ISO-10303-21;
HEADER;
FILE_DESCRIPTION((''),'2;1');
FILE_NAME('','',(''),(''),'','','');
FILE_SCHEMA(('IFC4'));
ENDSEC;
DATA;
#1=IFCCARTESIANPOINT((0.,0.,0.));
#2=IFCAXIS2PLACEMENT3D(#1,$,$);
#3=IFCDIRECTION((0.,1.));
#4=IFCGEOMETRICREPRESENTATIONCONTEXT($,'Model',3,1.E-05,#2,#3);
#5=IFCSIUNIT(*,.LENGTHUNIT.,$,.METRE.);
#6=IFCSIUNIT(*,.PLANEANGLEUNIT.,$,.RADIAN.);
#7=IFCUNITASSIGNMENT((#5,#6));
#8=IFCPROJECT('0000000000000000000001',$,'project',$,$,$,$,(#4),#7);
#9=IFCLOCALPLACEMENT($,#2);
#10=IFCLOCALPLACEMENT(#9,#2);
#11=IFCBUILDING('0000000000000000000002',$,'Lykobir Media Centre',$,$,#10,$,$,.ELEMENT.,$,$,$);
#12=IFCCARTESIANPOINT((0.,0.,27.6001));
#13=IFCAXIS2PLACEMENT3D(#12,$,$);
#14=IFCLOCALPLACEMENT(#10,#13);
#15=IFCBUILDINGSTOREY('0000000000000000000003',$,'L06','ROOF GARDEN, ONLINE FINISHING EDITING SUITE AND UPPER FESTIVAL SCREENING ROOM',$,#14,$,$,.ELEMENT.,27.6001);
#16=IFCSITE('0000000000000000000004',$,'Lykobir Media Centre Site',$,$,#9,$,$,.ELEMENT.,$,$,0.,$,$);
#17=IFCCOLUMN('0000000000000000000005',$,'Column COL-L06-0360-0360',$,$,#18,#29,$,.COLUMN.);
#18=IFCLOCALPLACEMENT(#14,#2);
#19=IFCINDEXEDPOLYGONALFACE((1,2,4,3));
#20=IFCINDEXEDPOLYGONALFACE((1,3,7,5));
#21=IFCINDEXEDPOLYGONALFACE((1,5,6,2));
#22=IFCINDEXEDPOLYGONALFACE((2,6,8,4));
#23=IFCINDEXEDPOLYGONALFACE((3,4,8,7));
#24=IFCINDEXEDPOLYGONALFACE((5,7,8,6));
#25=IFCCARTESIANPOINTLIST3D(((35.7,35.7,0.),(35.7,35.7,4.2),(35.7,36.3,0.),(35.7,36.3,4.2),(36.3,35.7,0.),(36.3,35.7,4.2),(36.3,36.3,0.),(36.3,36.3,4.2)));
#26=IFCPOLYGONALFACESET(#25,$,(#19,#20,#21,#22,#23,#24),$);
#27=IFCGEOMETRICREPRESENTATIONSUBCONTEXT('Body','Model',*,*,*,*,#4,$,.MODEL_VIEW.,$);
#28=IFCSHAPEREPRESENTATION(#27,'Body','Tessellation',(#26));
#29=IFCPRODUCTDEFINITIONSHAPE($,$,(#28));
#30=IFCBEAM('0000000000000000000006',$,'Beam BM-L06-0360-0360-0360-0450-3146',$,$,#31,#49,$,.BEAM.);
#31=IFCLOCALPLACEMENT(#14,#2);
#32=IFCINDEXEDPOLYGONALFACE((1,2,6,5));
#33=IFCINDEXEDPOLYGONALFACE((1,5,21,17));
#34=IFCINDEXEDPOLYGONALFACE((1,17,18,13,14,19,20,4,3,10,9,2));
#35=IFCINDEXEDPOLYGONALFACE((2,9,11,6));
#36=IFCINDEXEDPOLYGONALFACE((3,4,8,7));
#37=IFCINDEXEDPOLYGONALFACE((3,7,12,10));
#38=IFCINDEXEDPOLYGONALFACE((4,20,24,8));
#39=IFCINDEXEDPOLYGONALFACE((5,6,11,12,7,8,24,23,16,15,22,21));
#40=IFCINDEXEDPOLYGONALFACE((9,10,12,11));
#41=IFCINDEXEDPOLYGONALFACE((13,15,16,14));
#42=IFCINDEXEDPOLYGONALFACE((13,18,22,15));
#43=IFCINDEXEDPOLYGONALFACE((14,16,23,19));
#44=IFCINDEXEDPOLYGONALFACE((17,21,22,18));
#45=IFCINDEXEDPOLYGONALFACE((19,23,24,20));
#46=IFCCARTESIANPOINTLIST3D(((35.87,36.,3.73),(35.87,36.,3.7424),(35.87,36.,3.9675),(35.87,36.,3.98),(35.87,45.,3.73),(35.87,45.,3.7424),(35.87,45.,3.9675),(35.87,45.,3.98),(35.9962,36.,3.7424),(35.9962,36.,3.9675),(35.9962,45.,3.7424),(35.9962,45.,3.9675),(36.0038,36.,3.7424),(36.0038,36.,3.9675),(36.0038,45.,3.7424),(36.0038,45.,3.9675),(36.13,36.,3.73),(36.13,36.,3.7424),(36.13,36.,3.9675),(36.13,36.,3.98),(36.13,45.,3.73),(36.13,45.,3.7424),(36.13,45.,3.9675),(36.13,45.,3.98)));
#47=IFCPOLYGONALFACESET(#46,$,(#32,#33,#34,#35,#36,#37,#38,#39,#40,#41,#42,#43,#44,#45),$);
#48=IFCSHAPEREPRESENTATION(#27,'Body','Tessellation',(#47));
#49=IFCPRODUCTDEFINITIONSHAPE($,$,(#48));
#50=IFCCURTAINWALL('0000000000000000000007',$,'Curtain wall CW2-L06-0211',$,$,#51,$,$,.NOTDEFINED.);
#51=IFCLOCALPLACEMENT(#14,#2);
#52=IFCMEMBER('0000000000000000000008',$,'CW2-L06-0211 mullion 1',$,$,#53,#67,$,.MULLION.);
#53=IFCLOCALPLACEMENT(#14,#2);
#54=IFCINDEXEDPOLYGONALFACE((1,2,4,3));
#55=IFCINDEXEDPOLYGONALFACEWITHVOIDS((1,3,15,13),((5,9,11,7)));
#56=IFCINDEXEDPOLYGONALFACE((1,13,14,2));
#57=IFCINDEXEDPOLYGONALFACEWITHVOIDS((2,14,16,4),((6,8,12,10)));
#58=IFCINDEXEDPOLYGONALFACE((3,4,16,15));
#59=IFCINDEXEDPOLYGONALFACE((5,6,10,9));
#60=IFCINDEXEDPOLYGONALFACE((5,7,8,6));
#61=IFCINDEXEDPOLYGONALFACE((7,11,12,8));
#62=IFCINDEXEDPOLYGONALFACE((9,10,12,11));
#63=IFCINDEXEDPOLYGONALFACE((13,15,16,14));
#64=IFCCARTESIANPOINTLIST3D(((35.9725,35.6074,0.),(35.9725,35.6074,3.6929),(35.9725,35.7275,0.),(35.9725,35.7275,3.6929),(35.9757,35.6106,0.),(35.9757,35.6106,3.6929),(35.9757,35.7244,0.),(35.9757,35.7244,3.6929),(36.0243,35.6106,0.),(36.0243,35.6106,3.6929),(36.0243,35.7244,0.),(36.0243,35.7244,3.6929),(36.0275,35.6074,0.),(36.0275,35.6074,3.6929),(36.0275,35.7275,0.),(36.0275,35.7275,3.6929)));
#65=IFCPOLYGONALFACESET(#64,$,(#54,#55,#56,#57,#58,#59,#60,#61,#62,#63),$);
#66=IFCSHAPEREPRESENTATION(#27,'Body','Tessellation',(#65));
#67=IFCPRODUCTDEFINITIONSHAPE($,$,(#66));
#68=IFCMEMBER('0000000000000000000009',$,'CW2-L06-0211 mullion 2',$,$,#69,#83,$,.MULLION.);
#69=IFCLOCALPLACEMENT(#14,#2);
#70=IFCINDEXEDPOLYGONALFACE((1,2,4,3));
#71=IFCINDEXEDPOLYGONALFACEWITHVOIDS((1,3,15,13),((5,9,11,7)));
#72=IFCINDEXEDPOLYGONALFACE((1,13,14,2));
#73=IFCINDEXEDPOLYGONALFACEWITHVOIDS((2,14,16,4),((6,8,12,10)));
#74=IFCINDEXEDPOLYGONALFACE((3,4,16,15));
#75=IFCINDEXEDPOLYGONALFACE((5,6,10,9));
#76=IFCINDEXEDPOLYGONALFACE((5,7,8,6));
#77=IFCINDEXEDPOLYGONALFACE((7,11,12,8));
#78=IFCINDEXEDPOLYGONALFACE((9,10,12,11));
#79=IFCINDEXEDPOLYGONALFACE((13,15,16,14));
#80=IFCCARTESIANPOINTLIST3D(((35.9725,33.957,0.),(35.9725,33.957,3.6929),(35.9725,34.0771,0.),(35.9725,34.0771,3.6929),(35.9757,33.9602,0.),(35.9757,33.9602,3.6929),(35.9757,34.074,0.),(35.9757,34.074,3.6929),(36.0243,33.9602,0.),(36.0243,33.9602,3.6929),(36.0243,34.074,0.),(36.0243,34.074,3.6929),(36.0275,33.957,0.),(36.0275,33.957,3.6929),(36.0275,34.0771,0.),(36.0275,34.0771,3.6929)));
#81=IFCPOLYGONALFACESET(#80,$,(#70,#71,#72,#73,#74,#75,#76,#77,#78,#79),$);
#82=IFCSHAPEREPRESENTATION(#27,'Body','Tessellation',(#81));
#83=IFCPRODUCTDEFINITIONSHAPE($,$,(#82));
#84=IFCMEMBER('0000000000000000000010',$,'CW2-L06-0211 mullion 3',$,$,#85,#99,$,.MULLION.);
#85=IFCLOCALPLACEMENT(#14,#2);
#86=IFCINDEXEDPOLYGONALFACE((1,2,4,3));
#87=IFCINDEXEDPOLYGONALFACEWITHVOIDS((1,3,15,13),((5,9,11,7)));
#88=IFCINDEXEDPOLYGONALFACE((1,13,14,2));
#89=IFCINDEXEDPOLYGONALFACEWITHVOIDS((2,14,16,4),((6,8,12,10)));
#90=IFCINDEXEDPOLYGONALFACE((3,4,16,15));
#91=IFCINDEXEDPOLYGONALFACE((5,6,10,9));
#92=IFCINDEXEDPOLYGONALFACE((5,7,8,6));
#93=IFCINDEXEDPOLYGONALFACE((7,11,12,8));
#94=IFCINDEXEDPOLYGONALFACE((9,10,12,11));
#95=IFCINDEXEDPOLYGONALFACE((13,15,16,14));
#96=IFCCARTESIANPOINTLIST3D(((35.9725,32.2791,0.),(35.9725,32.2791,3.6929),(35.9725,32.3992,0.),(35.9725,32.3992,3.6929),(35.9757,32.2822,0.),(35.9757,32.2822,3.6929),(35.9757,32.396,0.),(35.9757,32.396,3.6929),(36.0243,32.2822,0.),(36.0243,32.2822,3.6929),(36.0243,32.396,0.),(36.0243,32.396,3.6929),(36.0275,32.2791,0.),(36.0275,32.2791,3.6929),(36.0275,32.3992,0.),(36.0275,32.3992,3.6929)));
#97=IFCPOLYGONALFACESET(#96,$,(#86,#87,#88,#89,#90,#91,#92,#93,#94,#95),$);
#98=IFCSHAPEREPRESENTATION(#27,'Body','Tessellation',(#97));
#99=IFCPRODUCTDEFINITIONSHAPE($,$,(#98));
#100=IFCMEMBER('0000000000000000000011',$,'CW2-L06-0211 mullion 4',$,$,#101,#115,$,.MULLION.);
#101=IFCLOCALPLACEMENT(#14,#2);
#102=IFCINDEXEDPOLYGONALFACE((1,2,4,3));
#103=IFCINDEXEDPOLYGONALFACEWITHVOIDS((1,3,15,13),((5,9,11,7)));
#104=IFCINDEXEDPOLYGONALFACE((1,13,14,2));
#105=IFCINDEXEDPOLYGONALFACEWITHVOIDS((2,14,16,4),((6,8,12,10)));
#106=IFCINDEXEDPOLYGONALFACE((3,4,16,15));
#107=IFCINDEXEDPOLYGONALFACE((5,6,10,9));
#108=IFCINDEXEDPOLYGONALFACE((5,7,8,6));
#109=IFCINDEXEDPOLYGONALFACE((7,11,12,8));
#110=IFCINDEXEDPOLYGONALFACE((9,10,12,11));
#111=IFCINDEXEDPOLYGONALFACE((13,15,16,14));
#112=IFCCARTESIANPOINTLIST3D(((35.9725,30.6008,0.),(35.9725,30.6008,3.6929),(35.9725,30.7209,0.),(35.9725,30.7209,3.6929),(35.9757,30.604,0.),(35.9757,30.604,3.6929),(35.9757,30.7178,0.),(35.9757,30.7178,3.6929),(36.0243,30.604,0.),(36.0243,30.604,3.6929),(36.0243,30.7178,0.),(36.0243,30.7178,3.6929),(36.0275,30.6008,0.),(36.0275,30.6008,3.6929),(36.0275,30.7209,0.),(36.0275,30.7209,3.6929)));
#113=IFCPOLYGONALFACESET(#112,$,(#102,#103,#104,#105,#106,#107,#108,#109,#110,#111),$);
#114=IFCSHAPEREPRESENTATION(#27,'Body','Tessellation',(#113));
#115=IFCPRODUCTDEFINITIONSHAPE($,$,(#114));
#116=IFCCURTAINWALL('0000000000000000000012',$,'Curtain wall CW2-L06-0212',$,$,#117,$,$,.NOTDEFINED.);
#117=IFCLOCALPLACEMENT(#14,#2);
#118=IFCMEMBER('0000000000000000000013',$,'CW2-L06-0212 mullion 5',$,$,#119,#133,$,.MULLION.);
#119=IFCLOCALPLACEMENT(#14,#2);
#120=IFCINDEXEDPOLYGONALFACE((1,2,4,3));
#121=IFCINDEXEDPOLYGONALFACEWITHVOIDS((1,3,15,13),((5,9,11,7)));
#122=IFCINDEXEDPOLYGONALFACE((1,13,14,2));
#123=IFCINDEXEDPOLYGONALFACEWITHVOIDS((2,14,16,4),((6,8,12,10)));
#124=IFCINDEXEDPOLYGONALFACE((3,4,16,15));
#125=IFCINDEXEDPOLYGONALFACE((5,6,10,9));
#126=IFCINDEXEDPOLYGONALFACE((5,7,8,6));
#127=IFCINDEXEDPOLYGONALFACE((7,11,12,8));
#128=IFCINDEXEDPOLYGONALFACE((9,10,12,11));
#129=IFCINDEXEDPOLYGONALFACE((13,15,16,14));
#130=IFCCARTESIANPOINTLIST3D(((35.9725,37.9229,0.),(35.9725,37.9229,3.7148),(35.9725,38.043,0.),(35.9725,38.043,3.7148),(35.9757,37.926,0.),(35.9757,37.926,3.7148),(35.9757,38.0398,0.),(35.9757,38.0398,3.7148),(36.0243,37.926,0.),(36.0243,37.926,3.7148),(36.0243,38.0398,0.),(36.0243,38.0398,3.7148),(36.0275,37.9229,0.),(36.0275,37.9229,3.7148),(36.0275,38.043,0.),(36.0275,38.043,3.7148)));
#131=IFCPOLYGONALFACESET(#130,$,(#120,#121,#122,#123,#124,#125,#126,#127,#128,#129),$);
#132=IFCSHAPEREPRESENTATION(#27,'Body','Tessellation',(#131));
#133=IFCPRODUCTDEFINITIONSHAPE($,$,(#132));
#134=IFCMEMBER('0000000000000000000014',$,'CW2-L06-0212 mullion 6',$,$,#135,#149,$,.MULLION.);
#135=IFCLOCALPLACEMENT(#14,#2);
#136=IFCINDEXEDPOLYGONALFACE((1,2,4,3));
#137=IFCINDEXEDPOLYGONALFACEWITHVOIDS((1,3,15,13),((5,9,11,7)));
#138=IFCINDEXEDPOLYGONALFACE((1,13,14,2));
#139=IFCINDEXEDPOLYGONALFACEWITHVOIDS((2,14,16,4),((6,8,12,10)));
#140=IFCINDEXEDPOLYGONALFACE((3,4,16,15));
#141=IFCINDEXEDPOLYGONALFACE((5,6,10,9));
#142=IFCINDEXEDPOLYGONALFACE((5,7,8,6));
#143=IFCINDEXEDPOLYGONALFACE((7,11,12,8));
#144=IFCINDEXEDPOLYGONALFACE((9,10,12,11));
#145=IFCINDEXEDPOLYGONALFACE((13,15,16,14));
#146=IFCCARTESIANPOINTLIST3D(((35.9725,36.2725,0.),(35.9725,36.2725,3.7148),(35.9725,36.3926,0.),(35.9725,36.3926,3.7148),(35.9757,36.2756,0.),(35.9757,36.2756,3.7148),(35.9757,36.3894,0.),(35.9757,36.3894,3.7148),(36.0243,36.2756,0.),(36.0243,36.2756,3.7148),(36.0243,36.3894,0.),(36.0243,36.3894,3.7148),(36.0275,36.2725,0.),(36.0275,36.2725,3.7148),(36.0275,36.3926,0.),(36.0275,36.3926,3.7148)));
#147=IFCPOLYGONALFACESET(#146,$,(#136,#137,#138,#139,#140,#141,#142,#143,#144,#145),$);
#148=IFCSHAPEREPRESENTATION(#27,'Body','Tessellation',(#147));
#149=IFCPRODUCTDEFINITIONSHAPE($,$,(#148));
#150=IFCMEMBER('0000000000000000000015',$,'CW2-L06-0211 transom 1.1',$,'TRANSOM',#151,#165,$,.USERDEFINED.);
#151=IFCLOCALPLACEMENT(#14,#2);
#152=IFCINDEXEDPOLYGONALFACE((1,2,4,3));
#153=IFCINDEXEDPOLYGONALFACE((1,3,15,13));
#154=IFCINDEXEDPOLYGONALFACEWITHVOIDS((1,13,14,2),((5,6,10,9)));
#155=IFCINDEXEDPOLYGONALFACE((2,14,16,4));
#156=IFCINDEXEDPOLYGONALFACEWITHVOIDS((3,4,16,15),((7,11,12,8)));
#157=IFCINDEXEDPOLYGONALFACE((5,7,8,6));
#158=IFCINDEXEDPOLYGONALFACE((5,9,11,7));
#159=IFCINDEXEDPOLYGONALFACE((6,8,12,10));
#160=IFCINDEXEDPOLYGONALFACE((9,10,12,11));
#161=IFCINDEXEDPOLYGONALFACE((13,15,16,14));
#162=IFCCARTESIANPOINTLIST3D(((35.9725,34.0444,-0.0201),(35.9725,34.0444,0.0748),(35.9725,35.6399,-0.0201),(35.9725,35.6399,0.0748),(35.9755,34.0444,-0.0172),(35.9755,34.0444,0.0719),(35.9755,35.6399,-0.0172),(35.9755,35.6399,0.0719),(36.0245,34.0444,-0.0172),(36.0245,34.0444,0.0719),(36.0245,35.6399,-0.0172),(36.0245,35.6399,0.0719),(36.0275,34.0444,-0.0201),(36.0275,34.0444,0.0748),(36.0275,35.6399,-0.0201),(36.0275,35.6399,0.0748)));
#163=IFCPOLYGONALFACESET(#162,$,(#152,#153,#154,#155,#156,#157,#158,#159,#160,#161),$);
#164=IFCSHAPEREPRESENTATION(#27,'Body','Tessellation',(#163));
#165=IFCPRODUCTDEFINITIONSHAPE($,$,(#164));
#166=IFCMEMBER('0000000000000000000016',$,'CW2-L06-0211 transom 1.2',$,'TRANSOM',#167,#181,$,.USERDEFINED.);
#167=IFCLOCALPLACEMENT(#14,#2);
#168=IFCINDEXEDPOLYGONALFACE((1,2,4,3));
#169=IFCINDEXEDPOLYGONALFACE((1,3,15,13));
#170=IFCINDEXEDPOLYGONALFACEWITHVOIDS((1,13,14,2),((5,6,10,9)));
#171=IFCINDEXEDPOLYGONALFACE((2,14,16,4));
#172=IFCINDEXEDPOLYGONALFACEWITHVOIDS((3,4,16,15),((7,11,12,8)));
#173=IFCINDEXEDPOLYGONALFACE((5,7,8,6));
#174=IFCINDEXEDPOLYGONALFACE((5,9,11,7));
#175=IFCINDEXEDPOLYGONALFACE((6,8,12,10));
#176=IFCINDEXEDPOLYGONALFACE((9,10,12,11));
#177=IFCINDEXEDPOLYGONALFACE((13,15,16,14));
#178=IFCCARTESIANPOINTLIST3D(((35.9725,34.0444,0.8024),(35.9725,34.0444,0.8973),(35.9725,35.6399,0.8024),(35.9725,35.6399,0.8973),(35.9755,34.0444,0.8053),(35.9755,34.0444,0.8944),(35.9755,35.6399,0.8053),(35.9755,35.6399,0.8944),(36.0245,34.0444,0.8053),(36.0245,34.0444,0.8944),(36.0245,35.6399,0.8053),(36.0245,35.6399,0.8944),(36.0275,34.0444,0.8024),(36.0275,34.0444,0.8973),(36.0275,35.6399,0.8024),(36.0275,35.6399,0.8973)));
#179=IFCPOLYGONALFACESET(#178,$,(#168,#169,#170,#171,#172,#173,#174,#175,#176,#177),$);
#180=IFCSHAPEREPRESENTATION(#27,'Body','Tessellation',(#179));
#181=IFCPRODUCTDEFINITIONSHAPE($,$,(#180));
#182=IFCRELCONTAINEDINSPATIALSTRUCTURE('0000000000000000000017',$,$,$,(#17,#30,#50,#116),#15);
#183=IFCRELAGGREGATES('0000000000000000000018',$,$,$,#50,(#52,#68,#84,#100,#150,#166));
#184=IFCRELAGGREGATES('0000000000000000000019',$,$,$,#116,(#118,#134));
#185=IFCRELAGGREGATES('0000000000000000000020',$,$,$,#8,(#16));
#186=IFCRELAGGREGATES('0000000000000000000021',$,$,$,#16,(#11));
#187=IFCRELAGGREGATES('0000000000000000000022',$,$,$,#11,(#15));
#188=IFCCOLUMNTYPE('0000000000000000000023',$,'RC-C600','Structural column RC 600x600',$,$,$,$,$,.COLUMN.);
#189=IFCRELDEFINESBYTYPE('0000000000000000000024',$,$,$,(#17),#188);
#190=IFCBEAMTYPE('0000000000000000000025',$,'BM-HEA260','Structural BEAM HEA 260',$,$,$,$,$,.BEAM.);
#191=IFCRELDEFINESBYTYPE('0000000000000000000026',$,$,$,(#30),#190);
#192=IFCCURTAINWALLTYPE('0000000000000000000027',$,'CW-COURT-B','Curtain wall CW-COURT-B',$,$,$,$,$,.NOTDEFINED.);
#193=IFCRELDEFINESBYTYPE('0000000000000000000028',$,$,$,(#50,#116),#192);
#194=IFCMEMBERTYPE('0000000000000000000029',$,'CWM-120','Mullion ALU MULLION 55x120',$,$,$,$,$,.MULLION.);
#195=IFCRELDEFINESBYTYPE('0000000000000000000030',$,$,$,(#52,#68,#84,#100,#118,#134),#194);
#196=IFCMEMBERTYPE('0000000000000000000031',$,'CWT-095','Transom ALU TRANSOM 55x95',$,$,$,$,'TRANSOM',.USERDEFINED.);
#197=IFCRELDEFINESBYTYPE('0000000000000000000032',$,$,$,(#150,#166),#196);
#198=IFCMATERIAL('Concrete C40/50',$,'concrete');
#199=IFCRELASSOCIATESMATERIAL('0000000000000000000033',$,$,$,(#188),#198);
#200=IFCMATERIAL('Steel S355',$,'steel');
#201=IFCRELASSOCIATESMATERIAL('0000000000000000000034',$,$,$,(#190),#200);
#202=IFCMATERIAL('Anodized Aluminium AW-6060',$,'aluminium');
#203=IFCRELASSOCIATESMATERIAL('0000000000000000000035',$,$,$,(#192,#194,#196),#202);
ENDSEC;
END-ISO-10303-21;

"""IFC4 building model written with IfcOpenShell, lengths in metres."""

from ifc_helpers import new_model, si_unit, direction, frame, origin, origin_2d, place, context, subcontext, project, spatial, rectangle, hollow_rectangle, i_section, extrude, material, material_profile, profile_set, type_object, element, aggregate, save


model = new_model("IFC4")

# Units and contexts
model_context = context("Model", 3, precision=1e-05, world=origin(), true_north=direction((0.0, 1.0)))
body_context = subcontext(model_context, "Body", "Model", "MODEL_VIEW")
ifc_project = project(units=[si_unit("LENGTHUNIT", "METRE"), si_unit("PLANEANGLEUNIT", "RADIAN")], contexts=[model_context])

# Site, building, storey
site_placement = place(None, origin())
site = spatial("IfcSite", under=ifc_project, at=site_placement, Name="Lykobir Media Centre Site", CompositionType="ELEMENT", RefElevation=0.0)
building_placement = place(site_placement, origin())
building = spatial("IfcBuilding", under=site, at=building_placement, Name="Lykobir Media Centre", CompositionType="ELEMENT")
storey_placement = place(building_placement, frame((0.0, 0.0, 27.6001)))
storey = spatial("IfcBuildingStorey", under=building, at=storey_placement, Name="L06", Description="ROOF GARDEN, ONLINE FINISHING EDITING SUITE AND UPPER FESTIVAL SCREENING ROOM", CompositionType="ELEMENT", Elevation=27.6001)

# Column
ifc_material_1 = material(Name="Concrete C40/50", Category="concrete")
ifc_material_profile_1 = material_profile(ifc_material_1, rectangle(XDim=0.6001, YDim=0.6001, at=origin_2d()), Name="RC 600x600")
ifc_profile_set_1 = profile_set([ifc_material_profile_1], Name="Concrete C40/50")
column_type = type_object("IfcColumnType", Name="RC-C600", Description="Structural column RC 600x600", PredefinedType="COLUMN", material=ifc_profile_set_1)
column_placement = place(storey_placement, frame((36.0, 36.0, 0.0), z_axis=(0.0, 0.0, 1.0), x_axis=(1.0, 0.0, 0.0)))
element("IfcColumn", 1, at=column_placement, inside=storey, type_object=column_type, Name="Column COL-L06-0360-0360", PredefinedType="COLUMN", context=body_context, shape_type="SweptSolid", body=[
    extrude(rectangle(XDim=0.6001, YDim=0.6001, at=origin_2d()), origin(), (0.0, 0.0, 1.0), 4.2),
])

# Beam
ifc_material_2 = material(Name="Steel S355", Category="steel")
ifc_material_profile_2 = material_profile(ifc_material_2, i_section(OverallWidth=0.26, OverallDepth=0.25, WebThickness=0.0076, FlangeThickness=0.0125, at=origin_2d()), Name="HEA 260")
ifc_profile_set_2 = profile_set([ifc_material_profile_2], Name="Steel S355")
beam_type_1 = type_object("IfcBeamType", Name="BM-HEA260", Description="Structural BEAM HEA 260", PredefinedType="BEAM", material=ifc_profile_set_2)
beam_placement = place(storey_placement, frame((36.0, 36.0, 3.855), z_axis=(0.0, 1.0, 0.0), x_axis=(-1.0, 0.0, 0.0)))
element("IfcBeam", 2, at=beam_placement, inside=storey, type_object=beam_type_1, Name="Beam BM-L06-0360-0360-0360-0450-3146", PredefinedType="BEAM", context=body_context, shape_type="SweptSolid", body=[
    extrude(i_section(OverallWidth=0.26, OverallDepth=0.25, WebThickness=0.0076, FlangeThickness=0.0125, at=origin_2d()), origin(), (0.0, 0.0, 1.0), 9.0),
])

# Curtain walls, members
ifc_material_3 = material(Name="Anodized Aluminium AW-6060", Category="aluminium")
curtain_wall_type = type_object("IfcCurtainWallType", Name="CW-COURT-B", Description="Curtain wall CW-COURT-B", PredefinedType="NOTDEFINED", material=ifc_material_3)
curtain_wall_1_placement = place(storey_placement, origin())
curtain_wall_1 = element("IfcCurtainWall", 3, at=curtain_wall_1_placement, inside=storey, type_object=curtain_wall_type, Name="Curtain wall CW2-L06-0211", PredefinedType="NOTDEFINED")
ifc_material_profile_3 = material_profile(ifc_material_3, hollow_rectangle(XDim=0.0549, YDim=0.1201, WallThickness=0.0032, at=origin_2d()), Name="ALU MULLION 55x120")
ifc_profile_set_3 = profile_set([ifc_material_profile_3], Name="Anodized Aluminium AW-6060")
member_type_1 = type_object("IfcMemberType", Name="CWM-120", Description="Mullion ALU MULLION 55x120", PredefinedType="MULLION", material=ifc_profile_set_3)
member_1_placement = place(storey_placement, frame((36.0, 35.6675, 0.0), z_axis=(0.0, 0.0, 1.0), x_axis=(1.0, 0.0, 0.0)))
member_1 = element("IfcMember", 4, at=member_1_placement, type_object=member_type_1, Name="CW2-L06-0211 mullion 1", PredefinedType="MULLION", context=body_context, shape_type="SweptSolid", body=[
    extrude(hollow_rectangle(XDim=0.0549, YDim=0.1201, WallThickness=0.0032, at=origin_2d()), origin(), (0.0, 0.0, 1.0), 3.6929),
])
member_2_placement = place(storey_placement, frame((36.0, 34.0171, 0.0), z_axis=(0.0, 0.0, 1.0), x_axis=(1.0, 0.0, 0.0)))
member_2 = element("IfcMember", 5, at=member_2_placement, type_object=member_type_1, Name="CW2-L06-0211 mullion 2", PredefinedType="MULLION", context=body_context, shape_type="SweptSolid", body=[
    extrude(hollow_rectangle(XDim=0.0549, YDim=0.1201, WallThickness=0.0032, at=origin_2d()), origin(), (0.0, 0.0, 1.0), 3.6929),
])
member_3_placement = place(storey_placement, frame((36.0, 32.3391, 0.0), z_axis=(0.0, 0.0, 1.0), x_axis=(1.0, 0.0, 0.0)))
member_3 = element("IfcMember", 6, at=member_3_placement, type_object=member_type_1, Name="CW2-L06-0211 mullion 3", PredefinedType="MULLION", context=body_context, shape_type="SweptSolid", body=[
    extrude(hollow_rectangle(XDim=0.0549, YDim=0.1201, WallThickness=0.0032, at=origin_2d()), origin(), (0.0, 0.0, 1.0), 3.6929),
])
member_4_placement = place(storey_placement, frame((36.0, 30.6609, 0.0), z_axis=(0.0, 0.0, 1.0), x_axis=(1.0, 0.0, 0.0)))
member_4 = element("IfcMember", 7, at=member_4_placement, type_object=member_type_1, Name="CW2-L06-0211 mullion 4", PredefinedType="MULLION", context=body_context, shape_type="SweptSolid", body=[
    extrude(hollow_rectangle(XDim=0.0549, YDim=0.1201, WallThickness=0.0032, at=origin_2d()), origin(), (0.0, 0.0, 1.0), 3.6929),
])
curtain_wall_2_placement = place(storey_placement, origin())
curtain_wall_2 = element("IfcCurtainWall", 8, at=curtain_wall_2_placement, inside=storey, type_object=curtain_wall_type, Name="Curtain wall CW2-L06-0212", PredefinedType="NOTDEFINED")
member_5_placement = place(storey_placement, frame((36.0, 37.9829, 0.0), z_axis=(0.0, 0.0, 1.0), x_axis=(1.0, 0.0, 0.0)))
member_5 = element("IfcMember", 9, at=member_5_placement, type_object=member_type_1, Name="CW2-L06-0212 mullion 5", PredefinedType="MULLION", context=body_context, shape_type="SweptSolid", body=[
    extrude(hollow_rectangle(XDim=0.0549, YDim=0.1201, WallThickness=0.0032, at=origin_2d()), origin(), (0.0, 0.0, 1.0), 3.7148),
])
member_6_placement = place(storey_placement, frame((36.0, 36.3325, 0.0), z_axis=(0.0, 0.0, 1.0), x_axis=(1.0, 0.0, 0.0)))
member_6 = element("IfcMember", 10, at=member_6_placement, type_object=member_type_1, Name="CW2-L06-0212 mullion 6", PredefinedType="MULLION", context=body_context, shape_type="SweptSolid", body=[
    extrude(hollow_rectangle(XDim=0.0549, YDim=0.1201, WallThickness=0.0032, at=origin_2d()), origin(), (0.0, 0.0, 1.0), 3.7148),
])

# Members
ifc_material_profile_4 = material_profile(ifc_material_3, hollow_rectangle(XDim=0.0549, YDim=0.095, WallThickness=0.0029, at=origin_2d()), Name="ALU TRANSOM 55x95")
ifc_profile_set_4 = profile_set([ifc_material_profile_4], Name="Anodized Aluminium AW-6060")
member_type_2 = type_object("IfcMemberType", Name="CWT-095", Description="Transom ALU TRANSOM 55x95", ElementType="TRANSOM", PredefinedType="USERDEFINED", material=ifc_profile_set_4)
member_7_placement = place(storey_placement, frame((36.0, 35.6399, 0.0273), z_axis=(0.0, -1.0, 0.0), x_axis=(1.0, 0.0, 0.0)))
member_7 = element("IfcMember", 11, at=member_7_placement, type_object=member_type_2, Name="CW2-L06-0211 transom 1.1", ObjectType="TRANSOM", PredefinedType="USERDEFINED", context=body_context, shape_type="SweptSolid", body=[
    extrude(hollow_rectangle(XDim=0.0549, YDim=0.095, WallThickness=0.0029, at=origin_2d()), origin(), (0.0, 0.0, 1.0), 1.5955),
])
member_8_placement = place(storey_placement, frame((36.0, 35.6399, 0.8499), z_axis=(0.0, -1.0, 0.0), x_axis=(1.0, 0.0, 0.0)))
member_8 = element("IfcMember", 12, at=member_8_placement, type_object=member_type_2, Name="CW2-L06-0211 transom 1.2", ObjectType="TRANSOM", PredefinedType="USERDEFINED", context=body_context, shape_type="SweptSolid", body=[
    extrude(hollow_rectangle(XDim=0.0549, YDim=0.095, WallThickness=0.0029, at=origin_2d()), origin(), (0.0, 0.0, 1.0), 1.5955),
])

aggregate(curtain_wall_1, [member_1, member_2, member_3, member_4, member_7, member_8])
aggregate(curtain_wall_2, [member_5, member_6])

save(model, "model.ifc")
